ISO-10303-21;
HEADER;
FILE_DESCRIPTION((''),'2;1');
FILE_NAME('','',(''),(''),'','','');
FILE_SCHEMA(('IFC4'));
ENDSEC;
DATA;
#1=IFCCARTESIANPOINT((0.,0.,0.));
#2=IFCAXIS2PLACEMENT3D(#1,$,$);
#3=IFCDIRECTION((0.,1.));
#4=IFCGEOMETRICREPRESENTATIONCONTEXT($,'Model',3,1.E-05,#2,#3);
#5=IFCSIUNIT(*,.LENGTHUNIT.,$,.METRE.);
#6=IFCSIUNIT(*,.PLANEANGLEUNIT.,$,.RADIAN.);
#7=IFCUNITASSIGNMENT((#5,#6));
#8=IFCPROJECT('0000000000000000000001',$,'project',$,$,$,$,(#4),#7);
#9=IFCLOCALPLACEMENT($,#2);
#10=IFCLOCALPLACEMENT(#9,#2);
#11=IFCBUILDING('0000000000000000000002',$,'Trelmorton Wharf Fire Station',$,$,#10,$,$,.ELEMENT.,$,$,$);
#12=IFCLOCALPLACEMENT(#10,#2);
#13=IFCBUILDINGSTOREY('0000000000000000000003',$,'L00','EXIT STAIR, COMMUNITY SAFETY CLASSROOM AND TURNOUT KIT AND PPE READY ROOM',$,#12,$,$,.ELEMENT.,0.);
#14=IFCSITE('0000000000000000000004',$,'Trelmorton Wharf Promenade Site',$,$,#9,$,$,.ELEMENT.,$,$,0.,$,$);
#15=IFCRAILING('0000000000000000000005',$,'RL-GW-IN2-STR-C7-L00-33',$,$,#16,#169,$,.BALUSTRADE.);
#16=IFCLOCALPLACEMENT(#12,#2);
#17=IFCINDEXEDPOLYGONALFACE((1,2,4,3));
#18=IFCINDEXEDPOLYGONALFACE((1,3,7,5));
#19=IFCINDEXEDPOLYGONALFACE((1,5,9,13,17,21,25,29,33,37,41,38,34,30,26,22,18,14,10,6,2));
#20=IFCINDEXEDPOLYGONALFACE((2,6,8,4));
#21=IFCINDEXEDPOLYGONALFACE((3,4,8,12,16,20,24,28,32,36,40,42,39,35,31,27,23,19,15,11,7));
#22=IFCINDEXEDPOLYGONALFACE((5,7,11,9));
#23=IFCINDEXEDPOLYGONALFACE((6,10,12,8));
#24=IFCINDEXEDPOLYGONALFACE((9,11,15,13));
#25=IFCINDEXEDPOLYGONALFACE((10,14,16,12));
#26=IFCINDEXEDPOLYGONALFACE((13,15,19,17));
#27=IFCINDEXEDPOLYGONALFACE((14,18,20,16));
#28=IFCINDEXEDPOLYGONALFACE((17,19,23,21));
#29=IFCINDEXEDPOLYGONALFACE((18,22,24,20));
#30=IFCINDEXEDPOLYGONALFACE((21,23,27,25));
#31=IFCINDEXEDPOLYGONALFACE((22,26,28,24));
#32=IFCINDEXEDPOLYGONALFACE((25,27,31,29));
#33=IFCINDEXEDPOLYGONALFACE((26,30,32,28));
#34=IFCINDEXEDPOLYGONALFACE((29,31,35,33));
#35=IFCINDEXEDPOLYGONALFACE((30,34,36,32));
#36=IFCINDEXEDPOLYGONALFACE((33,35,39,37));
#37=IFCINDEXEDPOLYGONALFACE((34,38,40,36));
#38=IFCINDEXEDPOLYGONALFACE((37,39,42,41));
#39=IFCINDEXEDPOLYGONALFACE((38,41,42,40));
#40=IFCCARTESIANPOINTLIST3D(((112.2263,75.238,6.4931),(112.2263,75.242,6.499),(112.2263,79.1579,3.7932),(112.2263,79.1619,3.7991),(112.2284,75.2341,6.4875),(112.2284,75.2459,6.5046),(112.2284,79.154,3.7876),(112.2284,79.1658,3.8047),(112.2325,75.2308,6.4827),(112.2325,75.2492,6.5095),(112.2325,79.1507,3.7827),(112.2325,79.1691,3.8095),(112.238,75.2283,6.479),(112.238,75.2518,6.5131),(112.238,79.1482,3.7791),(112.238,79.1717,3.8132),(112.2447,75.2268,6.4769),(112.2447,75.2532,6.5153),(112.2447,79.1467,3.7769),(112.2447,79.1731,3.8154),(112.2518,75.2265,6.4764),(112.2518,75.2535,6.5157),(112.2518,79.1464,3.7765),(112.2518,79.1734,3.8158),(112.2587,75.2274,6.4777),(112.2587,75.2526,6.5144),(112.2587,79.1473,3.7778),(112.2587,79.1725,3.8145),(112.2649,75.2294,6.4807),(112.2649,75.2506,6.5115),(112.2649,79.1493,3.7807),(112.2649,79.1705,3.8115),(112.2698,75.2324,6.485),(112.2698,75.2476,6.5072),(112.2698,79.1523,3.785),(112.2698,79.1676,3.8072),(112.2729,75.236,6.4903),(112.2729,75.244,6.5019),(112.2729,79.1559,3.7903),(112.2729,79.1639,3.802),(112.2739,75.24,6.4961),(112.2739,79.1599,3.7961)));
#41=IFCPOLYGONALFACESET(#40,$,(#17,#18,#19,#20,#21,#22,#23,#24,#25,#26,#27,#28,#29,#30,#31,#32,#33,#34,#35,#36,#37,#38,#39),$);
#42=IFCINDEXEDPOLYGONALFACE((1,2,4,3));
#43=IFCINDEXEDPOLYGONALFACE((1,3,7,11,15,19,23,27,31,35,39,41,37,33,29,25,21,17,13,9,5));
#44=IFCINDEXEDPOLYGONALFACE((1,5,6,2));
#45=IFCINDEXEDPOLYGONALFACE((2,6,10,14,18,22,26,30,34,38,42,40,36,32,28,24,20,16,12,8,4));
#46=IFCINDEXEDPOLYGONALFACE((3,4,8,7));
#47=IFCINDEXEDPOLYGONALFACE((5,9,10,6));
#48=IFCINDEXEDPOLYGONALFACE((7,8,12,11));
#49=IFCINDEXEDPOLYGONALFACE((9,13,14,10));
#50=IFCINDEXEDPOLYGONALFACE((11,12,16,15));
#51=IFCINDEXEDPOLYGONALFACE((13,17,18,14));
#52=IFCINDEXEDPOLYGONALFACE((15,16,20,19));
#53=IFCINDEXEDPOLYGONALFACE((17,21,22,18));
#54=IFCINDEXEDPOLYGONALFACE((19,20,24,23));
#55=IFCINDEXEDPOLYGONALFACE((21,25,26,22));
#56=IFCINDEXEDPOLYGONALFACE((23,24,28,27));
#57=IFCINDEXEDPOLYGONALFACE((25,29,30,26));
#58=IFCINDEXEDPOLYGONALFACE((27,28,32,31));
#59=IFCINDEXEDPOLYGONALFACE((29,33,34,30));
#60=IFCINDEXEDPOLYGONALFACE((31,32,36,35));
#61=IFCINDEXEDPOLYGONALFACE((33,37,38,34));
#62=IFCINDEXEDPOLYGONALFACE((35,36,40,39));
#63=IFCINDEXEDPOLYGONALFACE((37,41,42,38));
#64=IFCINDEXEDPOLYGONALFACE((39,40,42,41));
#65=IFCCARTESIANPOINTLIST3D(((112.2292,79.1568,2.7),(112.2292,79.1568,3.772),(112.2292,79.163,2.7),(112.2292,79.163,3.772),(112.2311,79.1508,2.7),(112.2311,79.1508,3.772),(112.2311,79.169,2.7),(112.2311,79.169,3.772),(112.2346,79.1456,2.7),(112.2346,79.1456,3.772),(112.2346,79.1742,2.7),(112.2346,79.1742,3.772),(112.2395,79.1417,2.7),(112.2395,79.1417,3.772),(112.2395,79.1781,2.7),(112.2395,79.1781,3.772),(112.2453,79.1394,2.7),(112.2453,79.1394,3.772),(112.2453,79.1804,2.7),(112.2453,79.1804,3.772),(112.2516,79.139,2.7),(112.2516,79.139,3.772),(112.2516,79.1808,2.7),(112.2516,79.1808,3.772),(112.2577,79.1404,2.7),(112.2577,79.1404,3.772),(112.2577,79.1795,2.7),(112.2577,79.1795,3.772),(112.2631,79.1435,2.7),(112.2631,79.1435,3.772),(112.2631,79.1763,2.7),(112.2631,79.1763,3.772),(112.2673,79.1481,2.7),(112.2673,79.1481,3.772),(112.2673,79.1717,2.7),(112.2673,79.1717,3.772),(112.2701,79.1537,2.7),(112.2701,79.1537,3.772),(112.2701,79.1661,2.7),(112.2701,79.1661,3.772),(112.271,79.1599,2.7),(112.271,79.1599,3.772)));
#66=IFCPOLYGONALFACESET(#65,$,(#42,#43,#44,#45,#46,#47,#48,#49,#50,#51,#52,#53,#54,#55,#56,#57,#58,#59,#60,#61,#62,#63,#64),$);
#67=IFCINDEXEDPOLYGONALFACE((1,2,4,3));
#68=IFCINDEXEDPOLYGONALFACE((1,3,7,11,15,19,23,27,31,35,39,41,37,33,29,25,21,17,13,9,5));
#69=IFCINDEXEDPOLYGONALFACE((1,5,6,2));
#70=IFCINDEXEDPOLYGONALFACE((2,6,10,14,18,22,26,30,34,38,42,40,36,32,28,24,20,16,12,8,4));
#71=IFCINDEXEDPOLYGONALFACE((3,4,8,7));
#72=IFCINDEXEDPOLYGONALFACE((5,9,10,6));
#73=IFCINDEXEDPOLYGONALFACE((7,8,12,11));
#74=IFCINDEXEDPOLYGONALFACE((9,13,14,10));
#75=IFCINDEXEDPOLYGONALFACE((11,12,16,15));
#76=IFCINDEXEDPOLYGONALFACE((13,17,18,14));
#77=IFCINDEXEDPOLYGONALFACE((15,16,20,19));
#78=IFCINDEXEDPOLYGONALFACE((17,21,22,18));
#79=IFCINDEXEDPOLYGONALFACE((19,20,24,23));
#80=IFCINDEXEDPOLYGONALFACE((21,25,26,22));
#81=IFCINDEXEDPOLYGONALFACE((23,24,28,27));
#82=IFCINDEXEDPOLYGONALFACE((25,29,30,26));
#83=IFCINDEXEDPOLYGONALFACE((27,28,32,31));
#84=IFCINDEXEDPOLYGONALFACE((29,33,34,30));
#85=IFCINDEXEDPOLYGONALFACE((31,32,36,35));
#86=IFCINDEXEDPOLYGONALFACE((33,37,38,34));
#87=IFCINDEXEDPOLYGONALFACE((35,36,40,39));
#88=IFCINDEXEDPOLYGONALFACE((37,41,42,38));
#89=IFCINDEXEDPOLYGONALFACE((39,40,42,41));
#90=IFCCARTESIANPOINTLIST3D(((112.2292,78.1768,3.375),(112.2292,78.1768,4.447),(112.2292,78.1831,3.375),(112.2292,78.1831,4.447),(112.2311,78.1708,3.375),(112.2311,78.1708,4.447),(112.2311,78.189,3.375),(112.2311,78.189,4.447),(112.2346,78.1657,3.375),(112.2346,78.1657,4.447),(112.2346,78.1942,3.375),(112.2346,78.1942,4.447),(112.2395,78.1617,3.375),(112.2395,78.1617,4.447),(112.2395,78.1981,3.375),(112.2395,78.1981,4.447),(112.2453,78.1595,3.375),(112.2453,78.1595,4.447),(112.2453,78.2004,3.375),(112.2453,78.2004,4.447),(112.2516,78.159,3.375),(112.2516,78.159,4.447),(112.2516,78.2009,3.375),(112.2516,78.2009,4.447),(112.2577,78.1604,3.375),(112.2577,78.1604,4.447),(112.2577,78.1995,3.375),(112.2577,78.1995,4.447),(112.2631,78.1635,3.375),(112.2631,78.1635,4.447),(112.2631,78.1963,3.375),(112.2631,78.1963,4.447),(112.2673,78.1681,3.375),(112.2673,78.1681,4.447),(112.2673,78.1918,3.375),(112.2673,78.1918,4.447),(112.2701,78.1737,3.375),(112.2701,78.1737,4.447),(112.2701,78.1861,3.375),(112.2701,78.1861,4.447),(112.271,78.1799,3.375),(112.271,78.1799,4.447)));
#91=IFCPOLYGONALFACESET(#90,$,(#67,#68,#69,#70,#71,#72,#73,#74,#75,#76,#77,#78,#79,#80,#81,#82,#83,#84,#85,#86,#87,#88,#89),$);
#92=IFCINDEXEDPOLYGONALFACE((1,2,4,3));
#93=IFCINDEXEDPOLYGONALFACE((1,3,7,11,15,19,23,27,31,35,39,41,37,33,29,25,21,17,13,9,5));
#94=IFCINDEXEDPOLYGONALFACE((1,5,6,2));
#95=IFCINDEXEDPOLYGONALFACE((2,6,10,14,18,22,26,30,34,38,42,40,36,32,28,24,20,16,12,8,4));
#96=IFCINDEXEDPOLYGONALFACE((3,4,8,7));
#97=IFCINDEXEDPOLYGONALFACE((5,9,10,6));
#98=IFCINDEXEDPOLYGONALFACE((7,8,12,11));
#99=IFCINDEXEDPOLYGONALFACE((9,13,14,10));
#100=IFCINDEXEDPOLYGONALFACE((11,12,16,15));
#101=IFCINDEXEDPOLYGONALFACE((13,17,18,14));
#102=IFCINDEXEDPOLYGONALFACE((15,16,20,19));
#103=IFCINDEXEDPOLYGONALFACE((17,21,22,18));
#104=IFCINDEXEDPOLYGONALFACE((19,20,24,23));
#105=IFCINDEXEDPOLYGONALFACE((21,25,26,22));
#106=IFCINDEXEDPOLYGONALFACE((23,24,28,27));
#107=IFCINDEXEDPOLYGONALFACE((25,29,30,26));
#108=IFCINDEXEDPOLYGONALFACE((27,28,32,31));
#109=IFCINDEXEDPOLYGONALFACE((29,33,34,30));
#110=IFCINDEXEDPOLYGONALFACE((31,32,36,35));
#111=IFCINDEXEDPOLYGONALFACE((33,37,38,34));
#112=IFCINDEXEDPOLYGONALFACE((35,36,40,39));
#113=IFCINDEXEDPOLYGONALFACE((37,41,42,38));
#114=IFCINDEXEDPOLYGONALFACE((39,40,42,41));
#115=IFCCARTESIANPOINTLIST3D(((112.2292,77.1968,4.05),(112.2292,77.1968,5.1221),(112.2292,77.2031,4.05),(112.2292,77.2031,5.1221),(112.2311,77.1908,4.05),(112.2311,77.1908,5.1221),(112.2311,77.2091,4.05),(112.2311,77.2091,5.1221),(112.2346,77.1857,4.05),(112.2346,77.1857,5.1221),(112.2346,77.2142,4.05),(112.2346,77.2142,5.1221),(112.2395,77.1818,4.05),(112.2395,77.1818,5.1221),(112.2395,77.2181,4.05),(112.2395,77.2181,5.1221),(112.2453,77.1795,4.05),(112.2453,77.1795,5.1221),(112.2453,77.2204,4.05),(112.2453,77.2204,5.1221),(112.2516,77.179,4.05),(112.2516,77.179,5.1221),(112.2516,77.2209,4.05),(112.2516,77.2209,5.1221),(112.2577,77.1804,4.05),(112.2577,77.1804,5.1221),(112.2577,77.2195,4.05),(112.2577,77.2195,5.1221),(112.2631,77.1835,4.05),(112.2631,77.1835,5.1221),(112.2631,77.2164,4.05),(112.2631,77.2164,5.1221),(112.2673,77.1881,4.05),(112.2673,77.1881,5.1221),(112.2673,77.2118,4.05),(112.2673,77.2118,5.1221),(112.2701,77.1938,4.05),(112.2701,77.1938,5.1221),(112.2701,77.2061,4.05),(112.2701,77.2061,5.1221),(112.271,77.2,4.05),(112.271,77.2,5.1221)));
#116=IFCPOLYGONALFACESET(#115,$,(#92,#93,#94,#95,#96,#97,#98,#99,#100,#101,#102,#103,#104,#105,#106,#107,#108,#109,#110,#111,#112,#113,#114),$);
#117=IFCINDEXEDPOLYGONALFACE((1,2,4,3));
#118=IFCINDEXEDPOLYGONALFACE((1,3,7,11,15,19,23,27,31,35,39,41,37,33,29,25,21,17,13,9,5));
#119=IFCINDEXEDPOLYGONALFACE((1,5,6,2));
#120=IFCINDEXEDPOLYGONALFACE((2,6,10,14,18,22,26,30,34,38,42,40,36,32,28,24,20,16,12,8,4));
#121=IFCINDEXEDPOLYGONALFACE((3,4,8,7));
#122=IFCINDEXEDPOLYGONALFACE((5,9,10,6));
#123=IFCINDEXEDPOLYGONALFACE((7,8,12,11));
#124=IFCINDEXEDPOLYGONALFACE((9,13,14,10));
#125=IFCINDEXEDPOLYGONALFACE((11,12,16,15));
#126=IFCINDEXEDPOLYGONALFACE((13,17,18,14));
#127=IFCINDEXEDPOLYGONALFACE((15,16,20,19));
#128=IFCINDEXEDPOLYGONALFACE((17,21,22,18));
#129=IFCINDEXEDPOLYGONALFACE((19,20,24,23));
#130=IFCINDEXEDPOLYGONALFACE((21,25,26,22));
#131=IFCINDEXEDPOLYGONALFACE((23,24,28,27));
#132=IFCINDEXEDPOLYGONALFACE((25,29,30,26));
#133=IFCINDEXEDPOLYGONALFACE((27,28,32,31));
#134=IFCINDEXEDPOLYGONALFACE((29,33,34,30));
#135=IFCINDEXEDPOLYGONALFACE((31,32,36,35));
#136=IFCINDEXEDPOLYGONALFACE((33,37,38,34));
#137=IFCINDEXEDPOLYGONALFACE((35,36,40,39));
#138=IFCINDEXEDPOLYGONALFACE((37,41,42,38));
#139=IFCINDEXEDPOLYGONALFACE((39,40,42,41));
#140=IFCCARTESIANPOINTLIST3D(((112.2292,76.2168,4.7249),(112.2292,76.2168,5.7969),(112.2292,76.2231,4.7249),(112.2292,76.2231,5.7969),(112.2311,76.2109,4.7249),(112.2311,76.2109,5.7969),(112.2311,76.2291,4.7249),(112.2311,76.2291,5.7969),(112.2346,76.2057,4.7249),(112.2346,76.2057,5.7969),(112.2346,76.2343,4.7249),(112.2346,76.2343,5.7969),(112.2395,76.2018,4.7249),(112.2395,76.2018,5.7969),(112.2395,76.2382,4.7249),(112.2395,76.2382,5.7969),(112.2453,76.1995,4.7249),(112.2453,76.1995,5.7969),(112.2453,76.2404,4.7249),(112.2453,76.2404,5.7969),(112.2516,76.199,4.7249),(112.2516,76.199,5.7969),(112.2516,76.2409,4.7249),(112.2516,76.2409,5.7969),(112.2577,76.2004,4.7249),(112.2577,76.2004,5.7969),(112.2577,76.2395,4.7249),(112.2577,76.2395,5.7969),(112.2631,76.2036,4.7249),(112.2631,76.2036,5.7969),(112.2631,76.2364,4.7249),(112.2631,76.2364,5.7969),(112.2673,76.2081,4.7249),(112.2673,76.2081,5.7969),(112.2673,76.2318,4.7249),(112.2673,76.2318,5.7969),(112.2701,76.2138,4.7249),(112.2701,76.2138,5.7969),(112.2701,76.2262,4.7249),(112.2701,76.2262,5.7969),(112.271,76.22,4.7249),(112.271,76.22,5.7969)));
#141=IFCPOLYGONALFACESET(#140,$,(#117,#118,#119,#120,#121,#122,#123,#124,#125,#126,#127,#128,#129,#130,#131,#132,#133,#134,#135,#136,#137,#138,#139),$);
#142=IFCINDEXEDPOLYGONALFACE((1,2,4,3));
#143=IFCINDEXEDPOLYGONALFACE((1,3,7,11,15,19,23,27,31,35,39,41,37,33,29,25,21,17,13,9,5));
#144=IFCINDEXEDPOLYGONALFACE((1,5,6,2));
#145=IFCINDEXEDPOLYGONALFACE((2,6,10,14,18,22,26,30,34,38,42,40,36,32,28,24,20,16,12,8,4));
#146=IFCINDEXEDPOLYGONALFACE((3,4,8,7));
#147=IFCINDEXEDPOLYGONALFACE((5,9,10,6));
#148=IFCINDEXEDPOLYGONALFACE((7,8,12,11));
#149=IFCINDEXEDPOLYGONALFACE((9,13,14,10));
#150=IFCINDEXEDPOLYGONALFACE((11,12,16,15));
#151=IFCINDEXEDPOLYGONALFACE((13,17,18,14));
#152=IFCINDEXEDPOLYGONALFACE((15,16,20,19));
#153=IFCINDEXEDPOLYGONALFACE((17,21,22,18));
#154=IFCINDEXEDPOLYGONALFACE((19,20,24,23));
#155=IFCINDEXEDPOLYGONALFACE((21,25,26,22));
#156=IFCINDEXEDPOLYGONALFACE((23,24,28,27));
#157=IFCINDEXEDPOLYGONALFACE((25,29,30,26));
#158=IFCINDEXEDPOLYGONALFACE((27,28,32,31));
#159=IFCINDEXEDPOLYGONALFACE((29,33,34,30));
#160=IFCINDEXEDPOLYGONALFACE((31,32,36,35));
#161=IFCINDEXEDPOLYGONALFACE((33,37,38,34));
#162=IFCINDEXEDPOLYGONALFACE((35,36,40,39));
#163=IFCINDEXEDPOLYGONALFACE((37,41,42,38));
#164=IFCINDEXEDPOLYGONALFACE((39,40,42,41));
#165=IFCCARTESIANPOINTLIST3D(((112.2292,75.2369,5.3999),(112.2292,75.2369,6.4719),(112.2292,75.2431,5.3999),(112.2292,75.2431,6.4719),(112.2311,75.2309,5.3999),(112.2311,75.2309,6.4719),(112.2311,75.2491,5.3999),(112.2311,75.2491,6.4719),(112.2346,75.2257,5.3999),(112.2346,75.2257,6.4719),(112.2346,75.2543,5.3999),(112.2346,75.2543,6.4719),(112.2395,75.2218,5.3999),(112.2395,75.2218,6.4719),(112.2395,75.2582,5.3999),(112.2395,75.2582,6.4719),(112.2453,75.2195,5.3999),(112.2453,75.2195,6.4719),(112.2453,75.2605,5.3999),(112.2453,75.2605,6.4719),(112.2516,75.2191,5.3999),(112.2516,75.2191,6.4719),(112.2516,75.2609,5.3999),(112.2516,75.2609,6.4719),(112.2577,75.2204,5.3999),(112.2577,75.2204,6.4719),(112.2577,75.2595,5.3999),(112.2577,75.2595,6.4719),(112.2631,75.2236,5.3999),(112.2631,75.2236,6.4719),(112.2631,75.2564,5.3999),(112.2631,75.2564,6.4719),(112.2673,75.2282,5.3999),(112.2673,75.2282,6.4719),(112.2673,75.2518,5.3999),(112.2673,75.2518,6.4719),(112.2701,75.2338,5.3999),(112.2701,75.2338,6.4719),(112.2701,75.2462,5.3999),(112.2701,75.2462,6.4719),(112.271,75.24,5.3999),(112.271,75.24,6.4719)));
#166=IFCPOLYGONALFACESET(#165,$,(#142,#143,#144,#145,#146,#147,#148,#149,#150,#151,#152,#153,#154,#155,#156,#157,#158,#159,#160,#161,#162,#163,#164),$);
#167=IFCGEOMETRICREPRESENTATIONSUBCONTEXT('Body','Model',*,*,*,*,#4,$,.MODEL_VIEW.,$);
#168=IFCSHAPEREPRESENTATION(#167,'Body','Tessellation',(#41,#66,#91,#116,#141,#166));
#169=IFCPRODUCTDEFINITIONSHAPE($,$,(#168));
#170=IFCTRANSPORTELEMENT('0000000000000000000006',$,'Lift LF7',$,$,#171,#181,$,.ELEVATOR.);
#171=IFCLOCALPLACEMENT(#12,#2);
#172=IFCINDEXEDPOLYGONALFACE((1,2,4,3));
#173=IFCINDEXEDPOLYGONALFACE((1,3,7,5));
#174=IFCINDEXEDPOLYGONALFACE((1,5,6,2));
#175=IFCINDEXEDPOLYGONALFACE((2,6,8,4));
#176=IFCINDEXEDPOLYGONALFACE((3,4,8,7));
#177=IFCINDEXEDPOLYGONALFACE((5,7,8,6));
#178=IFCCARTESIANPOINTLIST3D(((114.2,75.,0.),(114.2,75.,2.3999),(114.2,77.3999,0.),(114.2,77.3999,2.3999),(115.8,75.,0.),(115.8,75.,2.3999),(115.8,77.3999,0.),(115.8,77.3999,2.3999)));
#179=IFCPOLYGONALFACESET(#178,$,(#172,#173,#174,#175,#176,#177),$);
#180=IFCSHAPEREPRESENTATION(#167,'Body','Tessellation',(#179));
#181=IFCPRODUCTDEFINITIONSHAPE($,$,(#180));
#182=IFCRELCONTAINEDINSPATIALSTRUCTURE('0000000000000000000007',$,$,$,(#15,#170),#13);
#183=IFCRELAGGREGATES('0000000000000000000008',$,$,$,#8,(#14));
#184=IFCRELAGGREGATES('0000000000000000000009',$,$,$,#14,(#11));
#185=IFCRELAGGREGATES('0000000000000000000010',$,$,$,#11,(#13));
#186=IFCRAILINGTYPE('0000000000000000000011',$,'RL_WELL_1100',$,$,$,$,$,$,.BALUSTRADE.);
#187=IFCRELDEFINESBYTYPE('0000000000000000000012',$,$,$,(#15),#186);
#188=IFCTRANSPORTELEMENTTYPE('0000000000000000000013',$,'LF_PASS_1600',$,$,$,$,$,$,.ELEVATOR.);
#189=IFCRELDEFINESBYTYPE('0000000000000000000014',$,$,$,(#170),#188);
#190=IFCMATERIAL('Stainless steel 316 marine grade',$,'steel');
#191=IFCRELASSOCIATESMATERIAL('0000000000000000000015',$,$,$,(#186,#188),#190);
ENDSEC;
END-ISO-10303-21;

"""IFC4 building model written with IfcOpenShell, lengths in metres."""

from ifc_helpers import new_model, si_unit, direction, frame, origin, origin_2d, place, context, subcontext, project, spatial, rectangle, circle, extrude, material, type_object, element, save


model = new_model("IFC4")

# Units and contexts
model_context = context("Model", 3, precision=1e-05, world=origin(), true_north=direction((0.0, 1.0)))
body_context = subcontext(model_context, "Body", "Model", "MODEL_VIEW")
ifc_project = project(units=[si_unit("LENGTHUNIT", "METRE"), si_unit("PLANEANGLEUNIT", "RADIAN")], contexts=[model_context])

# Site, building, storey
site_placement = place(None, origin())
site = spatial("IfcSite", under=ifc_project, at=site_placement, Name="Trelmorton Wharf Promenade Site", CompositionType="ELEMENT", RefElevation=0.0)
building_placement = place(site_placement, origin())
building = spatial("IfcBuilding", under=site, at=building_placement, Name="Trelmorton Wharf Fire Station", CompositionType="ELEMENT")
storey_placement = place(building_placement, origin())
storey = spatial("IfcBuildingStorey", under=building, at=storey_placement, Name="L00", Description="EXIT STAIR, COMMUNITY SAFETY CLASSROOM AND TURNOUT KIT AND PPE READY ROOM", CompositionType="ELEMENT", Elevation=0.0)

# Shared definitions
ifc_material_1 = material(Name="Stainless steel 316 marine grade", Category="steel")

# Railing
railing_type_1 = type_object("IfcRailingType", Name="RL_WELL_1100", PredefinedType="BALUSTRADE", material=ifc_material_1)
railing_1_placement = place(storey_placement, frame((112.25, 79.1599, 2.7)))
element("IfcRailing", 1, at=railing_1_placement, inside=storey, type_object=railing_type_1, Name="RL-GW-IN2-STR-C7-L00-33", PredefinedType="BALUSTRADE", context=body_context, shape_type="SweptSolid", body=[
    extrude(circle(Radius=0.0239, at=origin_2d()), frame((0.0, 0.0, 1.0962), z_axis=(0.0, -0.823551, 0.567243), x_axis=(1.0, 0.0, 0.0)), (0.0, 0.0, 1.0), 4.7598),
    extrude(circle(Radius=0.021, at=origin_2d()), origin(), (0.0, 0.0, 1.0), 1.072),
    extrude(circle(Radius=0.021, at=origin_2d()), frame((0.0, -0.98, 0.675)), (0.0, 0.0, 1.0), 1.072),
    extrude(circle(Radius=0.021, at=origin_2d()), frame((0.0, -1.96, 1.3501)), (0.0, 0.0, 1.0), 1.072),
    extrude(circle(Radius=0.021, at=origin_2d()), frame((0.0, -2.9399, 2.0249)), (0.0, 0.0, 1.0), 1.072),
    extrude(circle(Radius=0.021, at=origin_2d()), frame((0.0, -3.9199, 2.7)), (0.0, 0.0, 1.0), 1.072),
])

# Transport element
transport_element_type = type_object("IfcTransportElementType", Name="LF_PASS_1600", PredefinedType="ELEVATOR", material=ifc_material_1)
transport_element_placement = place(storey_placement, frame((115.0, 76.2, 0.0), z_axis=(0.0, 0.0, 1.0), x_axis=(1.0, 0.0, 0.0)))
element("IfcTransportElement", 2, at=transport_element_placement, inside=storey, type_object=transport_element_type, Name="Lift LF7", PredefinedType="ELEVATOR", context=body_context, shape_type="SweptSolid", body=[
    extrude(rectangle(XDim=1.6001, YDim=2.3999, at=origin_2d()), origin(), (0.0, 0.0, 1.0), 2.3999),
])

save(model, "model.ifc")
